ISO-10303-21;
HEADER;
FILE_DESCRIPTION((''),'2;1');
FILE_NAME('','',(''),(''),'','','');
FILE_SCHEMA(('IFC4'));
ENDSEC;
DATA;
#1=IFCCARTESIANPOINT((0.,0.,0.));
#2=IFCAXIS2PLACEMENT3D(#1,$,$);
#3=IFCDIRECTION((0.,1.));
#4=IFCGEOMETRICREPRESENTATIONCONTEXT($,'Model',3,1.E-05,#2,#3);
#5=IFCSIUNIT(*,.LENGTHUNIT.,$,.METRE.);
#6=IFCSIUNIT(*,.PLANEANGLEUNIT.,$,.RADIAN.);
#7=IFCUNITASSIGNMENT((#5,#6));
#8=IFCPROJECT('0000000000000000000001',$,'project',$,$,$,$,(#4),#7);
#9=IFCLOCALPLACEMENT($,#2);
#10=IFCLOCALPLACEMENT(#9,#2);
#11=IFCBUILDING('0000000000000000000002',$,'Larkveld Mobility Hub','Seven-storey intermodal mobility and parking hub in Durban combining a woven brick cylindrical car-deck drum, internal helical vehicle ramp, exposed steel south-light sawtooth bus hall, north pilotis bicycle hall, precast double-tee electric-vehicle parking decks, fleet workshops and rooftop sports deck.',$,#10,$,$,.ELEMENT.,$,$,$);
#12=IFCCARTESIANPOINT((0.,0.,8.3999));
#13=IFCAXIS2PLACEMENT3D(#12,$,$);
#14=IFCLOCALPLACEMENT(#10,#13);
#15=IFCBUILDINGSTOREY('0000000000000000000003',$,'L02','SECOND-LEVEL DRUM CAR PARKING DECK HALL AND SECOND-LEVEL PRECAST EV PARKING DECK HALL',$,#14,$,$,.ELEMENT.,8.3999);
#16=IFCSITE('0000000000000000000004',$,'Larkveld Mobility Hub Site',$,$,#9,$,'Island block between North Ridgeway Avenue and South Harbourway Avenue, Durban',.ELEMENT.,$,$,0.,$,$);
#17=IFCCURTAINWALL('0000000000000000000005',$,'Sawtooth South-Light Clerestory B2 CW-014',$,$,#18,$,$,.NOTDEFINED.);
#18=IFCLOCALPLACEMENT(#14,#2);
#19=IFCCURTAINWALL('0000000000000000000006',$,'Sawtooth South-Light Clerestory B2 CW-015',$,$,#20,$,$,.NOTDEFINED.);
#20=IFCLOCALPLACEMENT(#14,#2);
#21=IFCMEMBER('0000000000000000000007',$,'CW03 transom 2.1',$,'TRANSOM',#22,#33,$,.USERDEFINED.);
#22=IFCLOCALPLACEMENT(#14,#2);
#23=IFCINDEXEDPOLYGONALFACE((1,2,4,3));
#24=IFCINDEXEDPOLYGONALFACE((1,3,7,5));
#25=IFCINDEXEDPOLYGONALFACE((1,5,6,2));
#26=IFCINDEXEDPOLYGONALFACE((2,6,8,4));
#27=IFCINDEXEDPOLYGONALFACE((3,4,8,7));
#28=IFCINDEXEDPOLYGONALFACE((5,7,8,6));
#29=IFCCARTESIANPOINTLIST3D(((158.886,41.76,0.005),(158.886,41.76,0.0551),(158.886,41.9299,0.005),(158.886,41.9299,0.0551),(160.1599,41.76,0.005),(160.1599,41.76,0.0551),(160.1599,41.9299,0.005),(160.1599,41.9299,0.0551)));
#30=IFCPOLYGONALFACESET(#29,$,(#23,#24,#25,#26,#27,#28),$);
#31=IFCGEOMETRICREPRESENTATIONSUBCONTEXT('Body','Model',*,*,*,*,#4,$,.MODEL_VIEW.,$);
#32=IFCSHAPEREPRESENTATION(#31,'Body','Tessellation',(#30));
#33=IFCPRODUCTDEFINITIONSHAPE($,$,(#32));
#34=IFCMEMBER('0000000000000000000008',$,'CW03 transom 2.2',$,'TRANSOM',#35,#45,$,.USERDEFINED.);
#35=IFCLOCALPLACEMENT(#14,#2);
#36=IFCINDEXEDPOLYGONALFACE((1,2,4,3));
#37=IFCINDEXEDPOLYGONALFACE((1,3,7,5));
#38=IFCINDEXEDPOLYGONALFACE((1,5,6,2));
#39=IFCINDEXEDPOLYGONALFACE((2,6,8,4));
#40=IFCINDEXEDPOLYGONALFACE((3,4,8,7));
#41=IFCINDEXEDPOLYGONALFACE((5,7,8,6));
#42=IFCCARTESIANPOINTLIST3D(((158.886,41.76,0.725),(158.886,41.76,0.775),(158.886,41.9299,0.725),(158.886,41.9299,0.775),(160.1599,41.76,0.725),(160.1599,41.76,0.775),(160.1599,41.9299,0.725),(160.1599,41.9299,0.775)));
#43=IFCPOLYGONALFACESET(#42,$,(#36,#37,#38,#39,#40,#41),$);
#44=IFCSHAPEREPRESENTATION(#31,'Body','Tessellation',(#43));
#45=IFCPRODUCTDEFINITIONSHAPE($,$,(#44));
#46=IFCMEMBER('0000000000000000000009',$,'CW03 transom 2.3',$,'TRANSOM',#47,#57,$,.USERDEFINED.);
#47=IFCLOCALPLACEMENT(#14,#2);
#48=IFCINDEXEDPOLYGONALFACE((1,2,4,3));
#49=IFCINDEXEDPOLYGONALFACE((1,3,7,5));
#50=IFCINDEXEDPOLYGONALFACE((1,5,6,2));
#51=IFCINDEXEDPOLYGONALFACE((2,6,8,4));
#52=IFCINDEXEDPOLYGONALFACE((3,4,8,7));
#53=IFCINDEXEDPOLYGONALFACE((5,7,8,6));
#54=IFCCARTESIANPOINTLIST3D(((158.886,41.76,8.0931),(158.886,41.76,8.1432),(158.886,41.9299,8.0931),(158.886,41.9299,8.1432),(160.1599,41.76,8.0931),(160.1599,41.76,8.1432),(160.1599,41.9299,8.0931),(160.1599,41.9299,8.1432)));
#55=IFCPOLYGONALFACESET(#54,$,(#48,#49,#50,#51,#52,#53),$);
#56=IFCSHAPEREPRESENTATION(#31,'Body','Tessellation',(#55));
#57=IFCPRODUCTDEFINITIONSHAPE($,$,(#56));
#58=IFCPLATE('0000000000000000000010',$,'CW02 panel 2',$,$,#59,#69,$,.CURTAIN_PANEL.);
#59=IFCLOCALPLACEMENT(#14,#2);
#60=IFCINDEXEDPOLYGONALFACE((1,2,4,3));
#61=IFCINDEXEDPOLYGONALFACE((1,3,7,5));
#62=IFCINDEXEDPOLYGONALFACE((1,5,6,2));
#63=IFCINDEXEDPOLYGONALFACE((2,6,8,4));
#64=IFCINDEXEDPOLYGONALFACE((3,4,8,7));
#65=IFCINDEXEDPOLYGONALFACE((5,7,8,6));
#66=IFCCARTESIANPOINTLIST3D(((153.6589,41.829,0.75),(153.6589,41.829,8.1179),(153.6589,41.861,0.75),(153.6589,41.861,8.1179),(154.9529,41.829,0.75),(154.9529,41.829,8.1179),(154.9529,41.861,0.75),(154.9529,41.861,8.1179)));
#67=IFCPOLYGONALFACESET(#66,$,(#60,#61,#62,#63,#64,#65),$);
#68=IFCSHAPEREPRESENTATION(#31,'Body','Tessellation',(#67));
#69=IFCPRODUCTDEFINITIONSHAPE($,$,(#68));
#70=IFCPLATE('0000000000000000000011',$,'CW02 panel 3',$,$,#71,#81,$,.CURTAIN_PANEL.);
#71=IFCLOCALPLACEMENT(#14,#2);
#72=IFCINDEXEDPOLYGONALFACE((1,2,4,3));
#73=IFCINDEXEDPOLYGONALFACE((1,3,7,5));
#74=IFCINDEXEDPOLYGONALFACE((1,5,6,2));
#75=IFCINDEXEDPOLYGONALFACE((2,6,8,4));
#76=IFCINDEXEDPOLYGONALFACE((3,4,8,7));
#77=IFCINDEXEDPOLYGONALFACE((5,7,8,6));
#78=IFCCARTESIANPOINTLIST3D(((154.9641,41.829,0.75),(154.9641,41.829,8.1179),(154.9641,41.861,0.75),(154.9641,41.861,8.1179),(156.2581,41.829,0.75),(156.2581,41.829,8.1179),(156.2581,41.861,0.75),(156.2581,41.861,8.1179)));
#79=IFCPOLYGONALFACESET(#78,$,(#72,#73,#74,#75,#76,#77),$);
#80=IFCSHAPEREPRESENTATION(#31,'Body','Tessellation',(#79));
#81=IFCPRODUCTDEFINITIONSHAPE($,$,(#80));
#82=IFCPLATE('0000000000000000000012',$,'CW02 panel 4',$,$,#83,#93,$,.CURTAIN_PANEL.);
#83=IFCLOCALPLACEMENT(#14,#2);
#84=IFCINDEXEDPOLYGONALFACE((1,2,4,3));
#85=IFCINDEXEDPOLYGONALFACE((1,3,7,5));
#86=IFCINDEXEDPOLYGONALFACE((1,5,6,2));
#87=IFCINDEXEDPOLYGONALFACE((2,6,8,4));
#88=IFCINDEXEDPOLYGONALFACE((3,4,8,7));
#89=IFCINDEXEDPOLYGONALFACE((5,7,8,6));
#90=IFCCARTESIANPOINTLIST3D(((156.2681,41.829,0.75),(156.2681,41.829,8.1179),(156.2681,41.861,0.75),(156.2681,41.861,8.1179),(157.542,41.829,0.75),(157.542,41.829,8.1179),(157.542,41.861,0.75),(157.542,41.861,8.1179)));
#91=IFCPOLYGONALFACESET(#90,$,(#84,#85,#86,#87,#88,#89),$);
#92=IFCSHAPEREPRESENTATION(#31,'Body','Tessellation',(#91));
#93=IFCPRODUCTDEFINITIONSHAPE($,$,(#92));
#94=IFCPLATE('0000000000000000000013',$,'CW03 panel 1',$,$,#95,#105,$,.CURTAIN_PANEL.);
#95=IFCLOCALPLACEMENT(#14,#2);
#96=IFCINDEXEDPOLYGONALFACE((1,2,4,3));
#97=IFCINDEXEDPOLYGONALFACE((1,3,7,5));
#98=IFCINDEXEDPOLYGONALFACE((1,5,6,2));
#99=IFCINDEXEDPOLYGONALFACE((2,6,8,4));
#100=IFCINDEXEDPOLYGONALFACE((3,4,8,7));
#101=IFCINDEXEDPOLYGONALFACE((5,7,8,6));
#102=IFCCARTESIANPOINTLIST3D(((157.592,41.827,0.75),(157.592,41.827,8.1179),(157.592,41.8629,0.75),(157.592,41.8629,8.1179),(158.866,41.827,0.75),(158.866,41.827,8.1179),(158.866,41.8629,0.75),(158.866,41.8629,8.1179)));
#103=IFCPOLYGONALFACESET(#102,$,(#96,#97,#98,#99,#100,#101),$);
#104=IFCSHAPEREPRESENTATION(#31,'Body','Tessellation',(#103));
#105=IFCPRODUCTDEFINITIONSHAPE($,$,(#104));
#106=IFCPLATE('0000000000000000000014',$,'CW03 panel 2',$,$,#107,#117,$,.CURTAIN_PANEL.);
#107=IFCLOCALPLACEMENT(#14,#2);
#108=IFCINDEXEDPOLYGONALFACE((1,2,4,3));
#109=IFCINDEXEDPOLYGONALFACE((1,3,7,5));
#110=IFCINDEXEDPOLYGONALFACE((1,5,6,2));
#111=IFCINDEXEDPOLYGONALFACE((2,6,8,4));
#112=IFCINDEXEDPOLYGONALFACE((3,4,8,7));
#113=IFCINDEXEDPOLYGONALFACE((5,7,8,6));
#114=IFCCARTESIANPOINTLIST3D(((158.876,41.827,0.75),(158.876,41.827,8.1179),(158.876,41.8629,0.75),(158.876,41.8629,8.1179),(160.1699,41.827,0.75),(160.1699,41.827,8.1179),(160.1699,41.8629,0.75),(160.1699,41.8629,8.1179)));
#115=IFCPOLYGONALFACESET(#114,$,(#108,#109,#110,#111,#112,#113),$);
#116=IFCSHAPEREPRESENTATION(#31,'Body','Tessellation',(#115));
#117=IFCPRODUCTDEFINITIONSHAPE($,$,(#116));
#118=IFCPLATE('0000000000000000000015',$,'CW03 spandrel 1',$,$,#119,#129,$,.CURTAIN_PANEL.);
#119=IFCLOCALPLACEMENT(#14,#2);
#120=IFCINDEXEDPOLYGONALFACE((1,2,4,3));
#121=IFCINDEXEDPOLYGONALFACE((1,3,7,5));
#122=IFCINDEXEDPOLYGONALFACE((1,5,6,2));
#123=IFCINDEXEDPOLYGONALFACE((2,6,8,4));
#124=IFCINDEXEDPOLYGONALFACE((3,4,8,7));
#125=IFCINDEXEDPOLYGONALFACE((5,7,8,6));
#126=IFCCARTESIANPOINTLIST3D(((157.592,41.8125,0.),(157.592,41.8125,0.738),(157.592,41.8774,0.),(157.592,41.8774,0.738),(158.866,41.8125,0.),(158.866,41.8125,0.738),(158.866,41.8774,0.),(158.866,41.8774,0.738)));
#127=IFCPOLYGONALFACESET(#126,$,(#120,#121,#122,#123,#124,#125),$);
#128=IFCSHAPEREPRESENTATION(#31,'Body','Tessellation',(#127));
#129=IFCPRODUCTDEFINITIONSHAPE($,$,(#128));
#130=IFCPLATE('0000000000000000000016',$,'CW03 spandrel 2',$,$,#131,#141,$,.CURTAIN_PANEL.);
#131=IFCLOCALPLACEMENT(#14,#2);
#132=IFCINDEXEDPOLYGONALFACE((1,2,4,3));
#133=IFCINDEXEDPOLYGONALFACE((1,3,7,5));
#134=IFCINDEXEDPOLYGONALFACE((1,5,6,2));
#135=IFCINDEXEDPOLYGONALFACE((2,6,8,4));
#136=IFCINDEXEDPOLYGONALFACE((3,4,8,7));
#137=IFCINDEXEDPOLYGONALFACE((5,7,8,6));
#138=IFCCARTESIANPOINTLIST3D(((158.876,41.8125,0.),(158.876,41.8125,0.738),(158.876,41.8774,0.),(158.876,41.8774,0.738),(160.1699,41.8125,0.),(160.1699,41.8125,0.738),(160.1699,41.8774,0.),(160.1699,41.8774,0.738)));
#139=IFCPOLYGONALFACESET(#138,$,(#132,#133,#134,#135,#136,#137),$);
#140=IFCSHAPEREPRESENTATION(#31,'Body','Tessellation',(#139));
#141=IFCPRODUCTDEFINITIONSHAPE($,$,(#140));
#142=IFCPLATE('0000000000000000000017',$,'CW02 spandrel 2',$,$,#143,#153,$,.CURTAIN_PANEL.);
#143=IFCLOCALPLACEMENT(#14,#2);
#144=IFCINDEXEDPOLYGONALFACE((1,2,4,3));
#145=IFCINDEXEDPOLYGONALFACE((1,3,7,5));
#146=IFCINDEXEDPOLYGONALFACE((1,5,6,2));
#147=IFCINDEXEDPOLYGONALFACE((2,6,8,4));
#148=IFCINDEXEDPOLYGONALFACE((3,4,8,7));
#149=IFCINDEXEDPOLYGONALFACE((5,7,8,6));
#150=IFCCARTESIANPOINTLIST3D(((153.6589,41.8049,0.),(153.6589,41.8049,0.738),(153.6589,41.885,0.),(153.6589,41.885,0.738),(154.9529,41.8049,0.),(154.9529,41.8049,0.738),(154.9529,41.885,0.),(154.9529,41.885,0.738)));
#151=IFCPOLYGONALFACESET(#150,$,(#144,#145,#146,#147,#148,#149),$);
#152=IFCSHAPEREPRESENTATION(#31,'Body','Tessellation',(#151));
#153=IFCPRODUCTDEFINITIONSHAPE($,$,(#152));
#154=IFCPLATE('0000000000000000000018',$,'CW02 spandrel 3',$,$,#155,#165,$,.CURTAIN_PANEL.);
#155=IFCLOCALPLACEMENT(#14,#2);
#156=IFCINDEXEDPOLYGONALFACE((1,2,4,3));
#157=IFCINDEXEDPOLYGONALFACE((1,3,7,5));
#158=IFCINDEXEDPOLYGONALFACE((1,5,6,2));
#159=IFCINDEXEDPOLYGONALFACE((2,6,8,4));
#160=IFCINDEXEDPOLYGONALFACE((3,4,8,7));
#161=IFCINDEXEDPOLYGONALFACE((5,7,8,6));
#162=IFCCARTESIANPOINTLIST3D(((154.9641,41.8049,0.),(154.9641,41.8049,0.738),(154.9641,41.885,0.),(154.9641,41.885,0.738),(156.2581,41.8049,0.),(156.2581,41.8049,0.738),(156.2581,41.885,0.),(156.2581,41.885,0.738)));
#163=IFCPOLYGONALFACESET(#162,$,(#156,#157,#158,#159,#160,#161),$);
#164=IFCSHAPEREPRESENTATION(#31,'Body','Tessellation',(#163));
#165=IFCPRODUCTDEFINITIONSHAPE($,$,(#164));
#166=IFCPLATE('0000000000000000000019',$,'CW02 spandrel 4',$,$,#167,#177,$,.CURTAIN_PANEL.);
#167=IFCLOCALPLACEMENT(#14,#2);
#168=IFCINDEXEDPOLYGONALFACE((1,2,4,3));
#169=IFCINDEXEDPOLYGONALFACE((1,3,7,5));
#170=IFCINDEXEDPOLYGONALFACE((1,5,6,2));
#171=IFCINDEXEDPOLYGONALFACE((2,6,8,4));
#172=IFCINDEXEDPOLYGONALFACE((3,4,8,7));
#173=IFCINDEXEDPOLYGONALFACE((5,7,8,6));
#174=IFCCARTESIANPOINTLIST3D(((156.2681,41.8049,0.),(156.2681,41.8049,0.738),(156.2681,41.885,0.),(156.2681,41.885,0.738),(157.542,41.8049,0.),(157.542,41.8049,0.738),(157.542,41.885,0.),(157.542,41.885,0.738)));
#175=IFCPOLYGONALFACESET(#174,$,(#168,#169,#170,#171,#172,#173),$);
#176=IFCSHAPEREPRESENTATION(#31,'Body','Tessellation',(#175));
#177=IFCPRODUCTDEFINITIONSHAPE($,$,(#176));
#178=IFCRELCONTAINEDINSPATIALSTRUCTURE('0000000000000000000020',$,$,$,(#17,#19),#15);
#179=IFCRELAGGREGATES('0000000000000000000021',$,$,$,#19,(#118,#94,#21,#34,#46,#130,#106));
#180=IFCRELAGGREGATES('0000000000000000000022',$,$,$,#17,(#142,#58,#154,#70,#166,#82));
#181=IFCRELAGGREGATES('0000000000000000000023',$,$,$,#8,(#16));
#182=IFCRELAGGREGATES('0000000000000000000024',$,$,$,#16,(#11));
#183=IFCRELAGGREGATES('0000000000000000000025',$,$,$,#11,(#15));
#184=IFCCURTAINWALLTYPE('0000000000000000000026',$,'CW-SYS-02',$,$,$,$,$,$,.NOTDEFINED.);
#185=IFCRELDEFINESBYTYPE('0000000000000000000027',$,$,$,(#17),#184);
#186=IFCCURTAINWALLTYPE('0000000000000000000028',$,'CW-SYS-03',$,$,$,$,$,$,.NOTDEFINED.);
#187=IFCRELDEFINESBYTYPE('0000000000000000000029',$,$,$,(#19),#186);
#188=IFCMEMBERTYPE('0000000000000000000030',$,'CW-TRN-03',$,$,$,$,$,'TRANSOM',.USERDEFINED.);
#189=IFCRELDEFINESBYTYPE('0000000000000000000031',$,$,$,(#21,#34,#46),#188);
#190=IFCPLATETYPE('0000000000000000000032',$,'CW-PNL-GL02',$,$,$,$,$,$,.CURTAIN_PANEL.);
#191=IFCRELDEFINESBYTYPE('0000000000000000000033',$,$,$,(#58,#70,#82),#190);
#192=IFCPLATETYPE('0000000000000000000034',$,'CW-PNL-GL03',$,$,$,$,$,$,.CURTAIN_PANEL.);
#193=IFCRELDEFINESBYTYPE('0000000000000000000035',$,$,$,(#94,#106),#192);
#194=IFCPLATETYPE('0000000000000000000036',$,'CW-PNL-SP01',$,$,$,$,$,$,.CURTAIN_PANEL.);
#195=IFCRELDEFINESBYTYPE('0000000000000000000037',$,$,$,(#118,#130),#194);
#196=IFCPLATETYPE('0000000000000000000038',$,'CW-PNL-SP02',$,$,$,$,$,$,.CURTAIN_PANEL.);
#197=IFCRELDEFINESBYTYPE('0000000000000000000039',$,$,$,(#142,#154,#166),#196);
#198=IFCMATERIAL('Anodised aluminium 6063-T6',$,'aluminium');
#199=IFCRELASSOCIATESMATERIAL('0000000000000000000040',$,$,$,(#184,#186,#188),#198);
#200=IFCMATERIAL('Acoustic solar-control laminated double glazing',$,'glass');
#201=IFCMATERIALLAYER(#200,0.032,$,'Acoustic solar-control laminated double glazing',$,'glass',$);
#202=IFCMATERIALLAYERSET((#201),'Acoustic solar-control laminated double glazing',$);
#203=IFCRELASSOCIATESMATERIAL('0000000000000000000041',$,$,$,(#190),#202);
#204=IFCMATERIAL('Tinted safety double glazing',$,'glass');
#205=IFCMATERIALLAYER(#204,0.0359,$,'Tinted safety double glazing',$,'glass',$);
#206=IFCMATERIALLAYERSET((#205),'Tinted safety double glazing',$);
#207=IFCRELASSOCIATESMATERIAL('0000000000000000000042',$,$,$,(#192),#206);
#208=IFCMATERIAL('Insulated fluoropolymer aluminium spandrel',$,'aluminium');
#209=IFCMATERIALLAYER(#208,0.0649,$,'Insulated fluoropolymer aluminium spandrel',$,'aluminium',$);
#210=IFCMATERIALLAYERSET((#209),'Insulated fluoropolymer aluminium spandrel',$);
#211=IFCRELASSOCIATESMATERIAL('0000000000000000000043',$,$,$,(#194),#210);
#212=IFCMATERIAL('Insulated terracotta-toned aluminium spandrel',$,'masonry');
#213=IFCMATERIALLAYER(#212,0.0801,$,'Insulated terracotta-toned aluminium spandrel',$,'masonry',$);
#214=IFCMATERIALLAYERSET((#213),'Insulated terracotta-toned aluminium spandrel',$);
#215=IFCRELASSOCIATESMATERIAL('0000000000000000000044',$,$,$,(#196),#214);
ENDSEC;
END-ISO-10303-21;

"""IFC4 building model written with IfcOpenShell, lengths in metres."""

from ifc_helpers import new_model, si_unit, direction, frame, origin, origin_2d, place, context, subcontext, project, spatial, rectangle, extrude, material, layer, layer_set, material_profile, profile_set, type_object, element, aggregate, save


model = new_model("IFC4")

# Units and contexts
model_context = context("Model", 3, precision=1e-05, world=origin(), true_north=direction((0.0, 1.0)))
body_context = subcontext(model_context, "Body", "Model", "MODEL_VIEW")
ifc_project = project(units=[si_unit("LENGTHUNIT", "METRE"), si_unit("PLANEANGLEUNIT", "RADIAN")], contexts=[model_context])

# Site, building, storey
site_placement = place(None, origin())
site = spatial("IfcSite", under=ifc_project, at=site_placement, Name="Larkveld Mobility Hub Site", LongName="Island block between North Ridgeway Avenue and South Harbourway Avenue, Durban", CompositionType="ELEMENT", RefElevation=0.0)
building_placement = place(site_placement, origin())
building = spatial("IfcBuilding", under=site, at=building_placement, Name="Larkveld Mobility Hub", Description="Seven-storey intermodal mobility and parking hub in Durban combining a woven brick cylindrical car-deck drum, internal helical vehicle ramp, exposed steel south-light sawtooth bus hall, north pilotis bicycle hall, precast double-tee electric-vehicle parking decks, fleet workshops and rooftop sports deck.", CompositionType="ELEMENT")
storey_placement = place(building_placement, frame((0.0, 0.0, 8.3999)))
storey = spatial("IfcBuildingStorey", under=building, at=storey_placement, Name="L02", Description="SECOND-LEVEL DRUM CAR PARKING DECK HALL AND SECOND-LEVEL PRECAST EV PARKING DECK HALL", CompositionType="ELEMENT", Elevation=8.3999)

# Curtain walls
ifc_material_1 = material(Name="Anodised aluminium 6063-T6", Category="aluminium")
curtain_wall_type_1 = type_object("IfcCurtainWallType", Name="CW-SYS-02", PredefinedType="NOTDEFINED", material=ifc_material_1)
curtain_wall_1_placement = place(storey_placement, origin())
curtain_wall_1 = element("IfcCurtainWall", 1, at=curtain_wall_1_placement, inside=storey, type_object=curtain_wall_type_1, Name="Sawtooth South-Light Clerestory B2 CW-014", PredefinedType="NOTDEFINED")
curtain_wall_type_2 = type_object("IfcCurtainWallType", Name="CW-SYS-03", PredefinedType="NOTDEFINED", material=ifc_material_1)
curtain_wall_2_placement = place(storey_placement, origin())
curtain_wall_2 = element("IfcCurtainWall", 2, at=curtain_wall_2_placement, inside=storey, type_object=curtain_wall_type_2, Name="Sawtooth South-Light Clerestory B2 CW-015", PredefinedType="NOTDEFINED")

# Members
ifc_material_profile_1 = material_profile(ifc_material_1, rectangle(XDim=0.1699, YDim=0.05, at=origin_2d()), Name="ALU TRAN 50x170")
ifc_profile_set_1 = profile_set([ifc_material_profile_1], Name="Anodised aluminium 6063-T6")
member_type_1 = type_object("IfcMemberType", Name="CW-TRN-03", ElementType="TRANSOM", PredefinedType="USERDEFINED", material=ifc_profile_set_1)
member_1_placement = place(storey_placement, frame((158.886, 41.845, 0.03), z_axis=(1.0, 0.0, 0.0), x_axis=(0.0, 1.0, 0.0)))
member_1 = element("IfcMember", 3, at=member_1_placement, type_object=member_type_1, Name="CW03 transom 2.1", ObjectType="TRANSOM", PredefinedType="USERDEFINED", context=body_context, shape_type="SweptSolid", body=[
    extrude(rectangle(XDim=0.1699, YDim=0.05, at=origin_2d()), origin(), (0.0, 0.0, 1.0), 1.2739),
])
member_2_placement = place(storey_placement, frame((158.886, 41.845, 0.75), z_axis=(1.0, 0.0, 0.0), x_axis=(0.0, 1.0, 0.0)))
member_2 = element("IfcMember", 4, at=member_2_placement, type_object=member_type_1, Name="CW03 transom 2.2", ObjectType="TRANSOM", PredefinedType="USERDEFINED", context=body_context, shape_type="SweptSolid", body=[
    extrude(rectangle(XDim=0.1699, YDim=0.05, at=origin_2d()), origin(), (0.0, 0.0, 1.0), 1.2739),
])
member_3_placement = place(storey_placement, frame((158.886, 41.845, 8.1182), z_axis=(1.0, 0.0, 0.0), x_axis=(0.0, 1.0, 0.0)))
member_3 = element("IfcMember", 5, at=member_3_placement, type_object=member_type_1, Name="CW03 transom 2.3", ObjectType="TRANSOM", PredefinedType="USERDEFINED", context=body_context, shape_type="SweptSolid", body=[
    extrude(rectangle(XDim=0.1699, YDim=0.05, at=origin_2d()), origin(), (0.0, 0.0, 1.0), 1.2739),
])

# Plates
ifc_material_2 = material(Name="Acoustic solar-control laminated double glazing", Category="glass")
ifc_layer_1 = layer(ifc_material_2, 0.032, Name="Acoustic solar-control laminated double glazing", Category="glass")
ifc_layer_set_1 = layer_set([ifc_layer_1], Name="Acoustic solar-control laminated double glazing")
plate_type_1 = type_object("IfcPlateType", Name="CW-PNL-GL02", PredefinedType="CURTAIN_PANEL", material=ifc_layer_set_1)
plate_1_placement = place(storey_placement, frame((154.3059, 41.845, 0.75), z_axis=(0.0, 0.0, 1.0), x_axis=(1.0, 0.0, 0.0)))
plate_1 = element("IfcPlate", 6, at=plate_1_placement, type_object=plate_type_1, Name="CW02 panel 2", PredefinedType="CURTAIN_PANEL", context=body_context, shape_type="SweptSolid", body=[
    extrude(rectangle(XDim=1.2939, YDim=0.032, at=origin_2d()), origin(), (0.0, 0.0, 1.0), 7.3679),
])
plate_2_placement = place(storey_placement, frame((155.6111, 41.845, 0.75), z_axis=(0.0, 0.0, 1.0), x_axis=(1.0, 0.0, 0.0)))
plate_2 = element("IfcPlate", 7, at=plate_2_placement, type_object=plate_type_1, Name="CW02 panel 3", PredefinedType="CURTAIN_PANEL", context=body_context, shape_type="SweptSolid", body=[
    extrude(rectangle(XDim=1.2939, YDim=0.032, at=origin_2d()), origin(), (0.0, 0.0, 1.0), 7.3679),
])
plate_3_placement = place(storey_placement, frame((156.905, 41.845, 0.75), z_axis=(0.0, 0.0, 1.0), x_axis=(1.0, 0.0, 0.0)))
plate_3 = element("IfcPlate", 8, at=plate_3_placement, type_object=plate_type_1, Name="CW02 panel 4", PredefinedType="CURTAIN_PANEL", context=body_context, shape_type="SweptSolid", body=[
    extrude(rectangle(XDim=1.2739, YDim=0.032, at=origin_2d()), origin(), (0.0, 0.0, 1.0), 7.3679),
])
ifc_material_3 = material(Name="Tinted safety double glazing", Category="glass")
ifc_layer_2 = layer(ifc_material_3, 0.0359, Name="Tinted safety double glazing", Category="glass")
ifc_layer_set_2 = layer_set([ifc_layer_2], Name="Tinted safety double glazing")
plate_type_2 = type_object("IfcPlateType", Name="CW-PNL-GL03", PredefinedType="CURTAIN_PANEL", material=ifc_layer_set_2)
plate_4_placement = place(storey_placement, frame((158.229, 41.845, 0.75), z_axis=(0.0, 0.0, 1.0), x_axis=(1.0, 0.0, 0.0)))
plate_4 = element("IfcPlate", 9, at=plate_4_placement, type_object=plate_type_2, Name="CW03 panel 1", PredefinedType="CURTAIN_PANEL", context=body_context, shape_type="SweptSolid", body=[
    extrude(rectangle(XDim=1.2739, YDim=0.0359, at=origin_2d()), origin(), (0.0, 0.0, 1.0), 7.3679),
])
plate_5_placement = place(storey_placement, frame((159.5229, 41.845, 0.75), z_axis=(0.0, 0.0, 1.0), x_axis=(1.0, 0.0, 0.0)))
plate_5 = element("IfcPlate", 10, at=plate_5_placement, type_object=plate_type_2, Name="CW03 panel 2", PredefinedType="CURTAIN_PANEL", context=body_context, shape_type="SweptSolid", body=[
    extrude(rectangle(XDim=1.2939, YDim=0.0359, at=origin_2d()), origin(), (0.0, 0.0, 1.0), 7.3679),
])
ifc_material_4 = material(Name="Insulated fluoropolymer aluminium spandrel", Category="aluminium")
ifc_layer_3 = layer(ifc_material_4, 0.0649, Name="Insulated fluoropolymer aluminium spandrel", Category="aluminium")
ifc_layer_set_3 = layer_set([ifc_layer_3], Name="Insulated fluoropolymer aluminium spandrel")
plate_type_3 = type_object("IfcPlateType", Name="CW-PNL-SP01", PredefinedType="CURTAIN_PANEL", material=ifc_layer_set_3)
plate_6_placement = place(storey_placement, frame((158.229, 41.845, 0.0), z_axis=(0.0, 0.0, 1.0), x_axis=(1.0, 0.0, 0.0)))
plate_6 = element("IfcPlate", 11, at=plate_6_placement, type_object=plate_type_3, Name="CW03 spandrel 1", PredefinedType="CURTAIN_PANEL", context=body_context, shape_type="SweptSolid", body=[
    extrude(rectangle(XDim=1.2739, YDim=0.0649, at=origin_2d()), origin(), (0.0, 0.0, 1.0), 0.738),
])
plate_7_placement = place(storey_placement, frame((159.5229, 41.845, 0.0), z_axis=(0.0, 0.0, 1.0), x_axis=(1.0, 0.0, 0.0)))
plate_7 = element("IfcPlate", 12, at=plate_7_placement, type_object=plate_type_3, Name="CW03 spandrel 2", PredefinedType="CURTAIN_PANEL", context=body_context, shape_type="SweptSolid", body=[
    extrude(rectangle(XDim=1.2939, YDim=0.0649, at=origin_2d()), origin(), (0.0, 0.0, 1.0), 0.738),
])
aggregate(curtain_wall_2, [plate_6, plate_4, member_1, member_2, member_3, plate_7, plate_5])
ifc_material_5 = material(Name="Insulated terracotta-toned aluminium spandrel", Category="masonry")
ifc_layer_4 = layer(ifc_material_5, 0.0801, Name="Insulated terracotta-toned aluminium spandrel", Category="masonry")
ifc_layer_set_4 = layer_set([ifc_layer_4], Name="Insulated terracotta-toned aluminium spandrel")
plate_type_4 = type_object("IfcPlateType", Name="CW-PNL-SP02", PredefinedType="CURTAIN_PANEL", material=ifc_layer_set_4)
plate_8_placement = place(storey_placement, frame((154.3059, 41.845, 0.0), z_axis=(0.0, 0.0, 1.0), x_axis=(1.0, 0.0, 0.0)))
plate_8 = element("IfcPlate", 13, at=plate_8_placement, type_object=plate_type_4, Name="CW02 spandrel 2", PredefinedType="CURTAIN_PANEL", context=body_context, shape_type="SweptSolid", body=[
    extrude(rectangle(XDim=1.2939, YDim=0.0801, at=origin_2d()), origin(), (0.0, 0.0, 1.0), 0.738),
])
plate_9_placement = place(storey_placement, frame((155.6111, 41.845, 0.0), z_axis=(0.0, 0.0, 1.0), x_axis=(1.0, 0.0, 0.0)))
plate_9 = element("IfcPlate", 14, at=plate_9_placement, type_object=plate_type_4, Name="CW02 spandrel 3", PredefinedType="CURTAIN_PANEL", context=body_context, shape_type="SweptSolid", body=[
    extrude(rectangle(XDim=1.2939, YDim=0.0801, at=origin_2d()), origin(), (0.0, 0.0, 1.0), 0.738),
])
plate_10_placement = place(storey_placement, frame((156.905, 41.845, 0.0), z_axis=(0.0, 0.0, 1.0), x_axis=(1.0, 0.0, 0.0)))
plate_10 = element("IfcPlate", 15, at=plate_10_placement, type_object=plate_type_4, Name="CW02 spandrel 4", PredefinedType="CURTAIN_PANEL", context=body_context, shape_type="SweptSolid", body=[
    extrude(rectangle(XDim=1.2739, YDim=0.0801, at=origin_2d()), origin(), (0.0, 0.0, 1.0), 0.738),
])
aggregate(curtain_wall_1, [plate_8, plate_1, plate_9, plate_2, plate_10, plate_3])

save(model, "model.ifc")
